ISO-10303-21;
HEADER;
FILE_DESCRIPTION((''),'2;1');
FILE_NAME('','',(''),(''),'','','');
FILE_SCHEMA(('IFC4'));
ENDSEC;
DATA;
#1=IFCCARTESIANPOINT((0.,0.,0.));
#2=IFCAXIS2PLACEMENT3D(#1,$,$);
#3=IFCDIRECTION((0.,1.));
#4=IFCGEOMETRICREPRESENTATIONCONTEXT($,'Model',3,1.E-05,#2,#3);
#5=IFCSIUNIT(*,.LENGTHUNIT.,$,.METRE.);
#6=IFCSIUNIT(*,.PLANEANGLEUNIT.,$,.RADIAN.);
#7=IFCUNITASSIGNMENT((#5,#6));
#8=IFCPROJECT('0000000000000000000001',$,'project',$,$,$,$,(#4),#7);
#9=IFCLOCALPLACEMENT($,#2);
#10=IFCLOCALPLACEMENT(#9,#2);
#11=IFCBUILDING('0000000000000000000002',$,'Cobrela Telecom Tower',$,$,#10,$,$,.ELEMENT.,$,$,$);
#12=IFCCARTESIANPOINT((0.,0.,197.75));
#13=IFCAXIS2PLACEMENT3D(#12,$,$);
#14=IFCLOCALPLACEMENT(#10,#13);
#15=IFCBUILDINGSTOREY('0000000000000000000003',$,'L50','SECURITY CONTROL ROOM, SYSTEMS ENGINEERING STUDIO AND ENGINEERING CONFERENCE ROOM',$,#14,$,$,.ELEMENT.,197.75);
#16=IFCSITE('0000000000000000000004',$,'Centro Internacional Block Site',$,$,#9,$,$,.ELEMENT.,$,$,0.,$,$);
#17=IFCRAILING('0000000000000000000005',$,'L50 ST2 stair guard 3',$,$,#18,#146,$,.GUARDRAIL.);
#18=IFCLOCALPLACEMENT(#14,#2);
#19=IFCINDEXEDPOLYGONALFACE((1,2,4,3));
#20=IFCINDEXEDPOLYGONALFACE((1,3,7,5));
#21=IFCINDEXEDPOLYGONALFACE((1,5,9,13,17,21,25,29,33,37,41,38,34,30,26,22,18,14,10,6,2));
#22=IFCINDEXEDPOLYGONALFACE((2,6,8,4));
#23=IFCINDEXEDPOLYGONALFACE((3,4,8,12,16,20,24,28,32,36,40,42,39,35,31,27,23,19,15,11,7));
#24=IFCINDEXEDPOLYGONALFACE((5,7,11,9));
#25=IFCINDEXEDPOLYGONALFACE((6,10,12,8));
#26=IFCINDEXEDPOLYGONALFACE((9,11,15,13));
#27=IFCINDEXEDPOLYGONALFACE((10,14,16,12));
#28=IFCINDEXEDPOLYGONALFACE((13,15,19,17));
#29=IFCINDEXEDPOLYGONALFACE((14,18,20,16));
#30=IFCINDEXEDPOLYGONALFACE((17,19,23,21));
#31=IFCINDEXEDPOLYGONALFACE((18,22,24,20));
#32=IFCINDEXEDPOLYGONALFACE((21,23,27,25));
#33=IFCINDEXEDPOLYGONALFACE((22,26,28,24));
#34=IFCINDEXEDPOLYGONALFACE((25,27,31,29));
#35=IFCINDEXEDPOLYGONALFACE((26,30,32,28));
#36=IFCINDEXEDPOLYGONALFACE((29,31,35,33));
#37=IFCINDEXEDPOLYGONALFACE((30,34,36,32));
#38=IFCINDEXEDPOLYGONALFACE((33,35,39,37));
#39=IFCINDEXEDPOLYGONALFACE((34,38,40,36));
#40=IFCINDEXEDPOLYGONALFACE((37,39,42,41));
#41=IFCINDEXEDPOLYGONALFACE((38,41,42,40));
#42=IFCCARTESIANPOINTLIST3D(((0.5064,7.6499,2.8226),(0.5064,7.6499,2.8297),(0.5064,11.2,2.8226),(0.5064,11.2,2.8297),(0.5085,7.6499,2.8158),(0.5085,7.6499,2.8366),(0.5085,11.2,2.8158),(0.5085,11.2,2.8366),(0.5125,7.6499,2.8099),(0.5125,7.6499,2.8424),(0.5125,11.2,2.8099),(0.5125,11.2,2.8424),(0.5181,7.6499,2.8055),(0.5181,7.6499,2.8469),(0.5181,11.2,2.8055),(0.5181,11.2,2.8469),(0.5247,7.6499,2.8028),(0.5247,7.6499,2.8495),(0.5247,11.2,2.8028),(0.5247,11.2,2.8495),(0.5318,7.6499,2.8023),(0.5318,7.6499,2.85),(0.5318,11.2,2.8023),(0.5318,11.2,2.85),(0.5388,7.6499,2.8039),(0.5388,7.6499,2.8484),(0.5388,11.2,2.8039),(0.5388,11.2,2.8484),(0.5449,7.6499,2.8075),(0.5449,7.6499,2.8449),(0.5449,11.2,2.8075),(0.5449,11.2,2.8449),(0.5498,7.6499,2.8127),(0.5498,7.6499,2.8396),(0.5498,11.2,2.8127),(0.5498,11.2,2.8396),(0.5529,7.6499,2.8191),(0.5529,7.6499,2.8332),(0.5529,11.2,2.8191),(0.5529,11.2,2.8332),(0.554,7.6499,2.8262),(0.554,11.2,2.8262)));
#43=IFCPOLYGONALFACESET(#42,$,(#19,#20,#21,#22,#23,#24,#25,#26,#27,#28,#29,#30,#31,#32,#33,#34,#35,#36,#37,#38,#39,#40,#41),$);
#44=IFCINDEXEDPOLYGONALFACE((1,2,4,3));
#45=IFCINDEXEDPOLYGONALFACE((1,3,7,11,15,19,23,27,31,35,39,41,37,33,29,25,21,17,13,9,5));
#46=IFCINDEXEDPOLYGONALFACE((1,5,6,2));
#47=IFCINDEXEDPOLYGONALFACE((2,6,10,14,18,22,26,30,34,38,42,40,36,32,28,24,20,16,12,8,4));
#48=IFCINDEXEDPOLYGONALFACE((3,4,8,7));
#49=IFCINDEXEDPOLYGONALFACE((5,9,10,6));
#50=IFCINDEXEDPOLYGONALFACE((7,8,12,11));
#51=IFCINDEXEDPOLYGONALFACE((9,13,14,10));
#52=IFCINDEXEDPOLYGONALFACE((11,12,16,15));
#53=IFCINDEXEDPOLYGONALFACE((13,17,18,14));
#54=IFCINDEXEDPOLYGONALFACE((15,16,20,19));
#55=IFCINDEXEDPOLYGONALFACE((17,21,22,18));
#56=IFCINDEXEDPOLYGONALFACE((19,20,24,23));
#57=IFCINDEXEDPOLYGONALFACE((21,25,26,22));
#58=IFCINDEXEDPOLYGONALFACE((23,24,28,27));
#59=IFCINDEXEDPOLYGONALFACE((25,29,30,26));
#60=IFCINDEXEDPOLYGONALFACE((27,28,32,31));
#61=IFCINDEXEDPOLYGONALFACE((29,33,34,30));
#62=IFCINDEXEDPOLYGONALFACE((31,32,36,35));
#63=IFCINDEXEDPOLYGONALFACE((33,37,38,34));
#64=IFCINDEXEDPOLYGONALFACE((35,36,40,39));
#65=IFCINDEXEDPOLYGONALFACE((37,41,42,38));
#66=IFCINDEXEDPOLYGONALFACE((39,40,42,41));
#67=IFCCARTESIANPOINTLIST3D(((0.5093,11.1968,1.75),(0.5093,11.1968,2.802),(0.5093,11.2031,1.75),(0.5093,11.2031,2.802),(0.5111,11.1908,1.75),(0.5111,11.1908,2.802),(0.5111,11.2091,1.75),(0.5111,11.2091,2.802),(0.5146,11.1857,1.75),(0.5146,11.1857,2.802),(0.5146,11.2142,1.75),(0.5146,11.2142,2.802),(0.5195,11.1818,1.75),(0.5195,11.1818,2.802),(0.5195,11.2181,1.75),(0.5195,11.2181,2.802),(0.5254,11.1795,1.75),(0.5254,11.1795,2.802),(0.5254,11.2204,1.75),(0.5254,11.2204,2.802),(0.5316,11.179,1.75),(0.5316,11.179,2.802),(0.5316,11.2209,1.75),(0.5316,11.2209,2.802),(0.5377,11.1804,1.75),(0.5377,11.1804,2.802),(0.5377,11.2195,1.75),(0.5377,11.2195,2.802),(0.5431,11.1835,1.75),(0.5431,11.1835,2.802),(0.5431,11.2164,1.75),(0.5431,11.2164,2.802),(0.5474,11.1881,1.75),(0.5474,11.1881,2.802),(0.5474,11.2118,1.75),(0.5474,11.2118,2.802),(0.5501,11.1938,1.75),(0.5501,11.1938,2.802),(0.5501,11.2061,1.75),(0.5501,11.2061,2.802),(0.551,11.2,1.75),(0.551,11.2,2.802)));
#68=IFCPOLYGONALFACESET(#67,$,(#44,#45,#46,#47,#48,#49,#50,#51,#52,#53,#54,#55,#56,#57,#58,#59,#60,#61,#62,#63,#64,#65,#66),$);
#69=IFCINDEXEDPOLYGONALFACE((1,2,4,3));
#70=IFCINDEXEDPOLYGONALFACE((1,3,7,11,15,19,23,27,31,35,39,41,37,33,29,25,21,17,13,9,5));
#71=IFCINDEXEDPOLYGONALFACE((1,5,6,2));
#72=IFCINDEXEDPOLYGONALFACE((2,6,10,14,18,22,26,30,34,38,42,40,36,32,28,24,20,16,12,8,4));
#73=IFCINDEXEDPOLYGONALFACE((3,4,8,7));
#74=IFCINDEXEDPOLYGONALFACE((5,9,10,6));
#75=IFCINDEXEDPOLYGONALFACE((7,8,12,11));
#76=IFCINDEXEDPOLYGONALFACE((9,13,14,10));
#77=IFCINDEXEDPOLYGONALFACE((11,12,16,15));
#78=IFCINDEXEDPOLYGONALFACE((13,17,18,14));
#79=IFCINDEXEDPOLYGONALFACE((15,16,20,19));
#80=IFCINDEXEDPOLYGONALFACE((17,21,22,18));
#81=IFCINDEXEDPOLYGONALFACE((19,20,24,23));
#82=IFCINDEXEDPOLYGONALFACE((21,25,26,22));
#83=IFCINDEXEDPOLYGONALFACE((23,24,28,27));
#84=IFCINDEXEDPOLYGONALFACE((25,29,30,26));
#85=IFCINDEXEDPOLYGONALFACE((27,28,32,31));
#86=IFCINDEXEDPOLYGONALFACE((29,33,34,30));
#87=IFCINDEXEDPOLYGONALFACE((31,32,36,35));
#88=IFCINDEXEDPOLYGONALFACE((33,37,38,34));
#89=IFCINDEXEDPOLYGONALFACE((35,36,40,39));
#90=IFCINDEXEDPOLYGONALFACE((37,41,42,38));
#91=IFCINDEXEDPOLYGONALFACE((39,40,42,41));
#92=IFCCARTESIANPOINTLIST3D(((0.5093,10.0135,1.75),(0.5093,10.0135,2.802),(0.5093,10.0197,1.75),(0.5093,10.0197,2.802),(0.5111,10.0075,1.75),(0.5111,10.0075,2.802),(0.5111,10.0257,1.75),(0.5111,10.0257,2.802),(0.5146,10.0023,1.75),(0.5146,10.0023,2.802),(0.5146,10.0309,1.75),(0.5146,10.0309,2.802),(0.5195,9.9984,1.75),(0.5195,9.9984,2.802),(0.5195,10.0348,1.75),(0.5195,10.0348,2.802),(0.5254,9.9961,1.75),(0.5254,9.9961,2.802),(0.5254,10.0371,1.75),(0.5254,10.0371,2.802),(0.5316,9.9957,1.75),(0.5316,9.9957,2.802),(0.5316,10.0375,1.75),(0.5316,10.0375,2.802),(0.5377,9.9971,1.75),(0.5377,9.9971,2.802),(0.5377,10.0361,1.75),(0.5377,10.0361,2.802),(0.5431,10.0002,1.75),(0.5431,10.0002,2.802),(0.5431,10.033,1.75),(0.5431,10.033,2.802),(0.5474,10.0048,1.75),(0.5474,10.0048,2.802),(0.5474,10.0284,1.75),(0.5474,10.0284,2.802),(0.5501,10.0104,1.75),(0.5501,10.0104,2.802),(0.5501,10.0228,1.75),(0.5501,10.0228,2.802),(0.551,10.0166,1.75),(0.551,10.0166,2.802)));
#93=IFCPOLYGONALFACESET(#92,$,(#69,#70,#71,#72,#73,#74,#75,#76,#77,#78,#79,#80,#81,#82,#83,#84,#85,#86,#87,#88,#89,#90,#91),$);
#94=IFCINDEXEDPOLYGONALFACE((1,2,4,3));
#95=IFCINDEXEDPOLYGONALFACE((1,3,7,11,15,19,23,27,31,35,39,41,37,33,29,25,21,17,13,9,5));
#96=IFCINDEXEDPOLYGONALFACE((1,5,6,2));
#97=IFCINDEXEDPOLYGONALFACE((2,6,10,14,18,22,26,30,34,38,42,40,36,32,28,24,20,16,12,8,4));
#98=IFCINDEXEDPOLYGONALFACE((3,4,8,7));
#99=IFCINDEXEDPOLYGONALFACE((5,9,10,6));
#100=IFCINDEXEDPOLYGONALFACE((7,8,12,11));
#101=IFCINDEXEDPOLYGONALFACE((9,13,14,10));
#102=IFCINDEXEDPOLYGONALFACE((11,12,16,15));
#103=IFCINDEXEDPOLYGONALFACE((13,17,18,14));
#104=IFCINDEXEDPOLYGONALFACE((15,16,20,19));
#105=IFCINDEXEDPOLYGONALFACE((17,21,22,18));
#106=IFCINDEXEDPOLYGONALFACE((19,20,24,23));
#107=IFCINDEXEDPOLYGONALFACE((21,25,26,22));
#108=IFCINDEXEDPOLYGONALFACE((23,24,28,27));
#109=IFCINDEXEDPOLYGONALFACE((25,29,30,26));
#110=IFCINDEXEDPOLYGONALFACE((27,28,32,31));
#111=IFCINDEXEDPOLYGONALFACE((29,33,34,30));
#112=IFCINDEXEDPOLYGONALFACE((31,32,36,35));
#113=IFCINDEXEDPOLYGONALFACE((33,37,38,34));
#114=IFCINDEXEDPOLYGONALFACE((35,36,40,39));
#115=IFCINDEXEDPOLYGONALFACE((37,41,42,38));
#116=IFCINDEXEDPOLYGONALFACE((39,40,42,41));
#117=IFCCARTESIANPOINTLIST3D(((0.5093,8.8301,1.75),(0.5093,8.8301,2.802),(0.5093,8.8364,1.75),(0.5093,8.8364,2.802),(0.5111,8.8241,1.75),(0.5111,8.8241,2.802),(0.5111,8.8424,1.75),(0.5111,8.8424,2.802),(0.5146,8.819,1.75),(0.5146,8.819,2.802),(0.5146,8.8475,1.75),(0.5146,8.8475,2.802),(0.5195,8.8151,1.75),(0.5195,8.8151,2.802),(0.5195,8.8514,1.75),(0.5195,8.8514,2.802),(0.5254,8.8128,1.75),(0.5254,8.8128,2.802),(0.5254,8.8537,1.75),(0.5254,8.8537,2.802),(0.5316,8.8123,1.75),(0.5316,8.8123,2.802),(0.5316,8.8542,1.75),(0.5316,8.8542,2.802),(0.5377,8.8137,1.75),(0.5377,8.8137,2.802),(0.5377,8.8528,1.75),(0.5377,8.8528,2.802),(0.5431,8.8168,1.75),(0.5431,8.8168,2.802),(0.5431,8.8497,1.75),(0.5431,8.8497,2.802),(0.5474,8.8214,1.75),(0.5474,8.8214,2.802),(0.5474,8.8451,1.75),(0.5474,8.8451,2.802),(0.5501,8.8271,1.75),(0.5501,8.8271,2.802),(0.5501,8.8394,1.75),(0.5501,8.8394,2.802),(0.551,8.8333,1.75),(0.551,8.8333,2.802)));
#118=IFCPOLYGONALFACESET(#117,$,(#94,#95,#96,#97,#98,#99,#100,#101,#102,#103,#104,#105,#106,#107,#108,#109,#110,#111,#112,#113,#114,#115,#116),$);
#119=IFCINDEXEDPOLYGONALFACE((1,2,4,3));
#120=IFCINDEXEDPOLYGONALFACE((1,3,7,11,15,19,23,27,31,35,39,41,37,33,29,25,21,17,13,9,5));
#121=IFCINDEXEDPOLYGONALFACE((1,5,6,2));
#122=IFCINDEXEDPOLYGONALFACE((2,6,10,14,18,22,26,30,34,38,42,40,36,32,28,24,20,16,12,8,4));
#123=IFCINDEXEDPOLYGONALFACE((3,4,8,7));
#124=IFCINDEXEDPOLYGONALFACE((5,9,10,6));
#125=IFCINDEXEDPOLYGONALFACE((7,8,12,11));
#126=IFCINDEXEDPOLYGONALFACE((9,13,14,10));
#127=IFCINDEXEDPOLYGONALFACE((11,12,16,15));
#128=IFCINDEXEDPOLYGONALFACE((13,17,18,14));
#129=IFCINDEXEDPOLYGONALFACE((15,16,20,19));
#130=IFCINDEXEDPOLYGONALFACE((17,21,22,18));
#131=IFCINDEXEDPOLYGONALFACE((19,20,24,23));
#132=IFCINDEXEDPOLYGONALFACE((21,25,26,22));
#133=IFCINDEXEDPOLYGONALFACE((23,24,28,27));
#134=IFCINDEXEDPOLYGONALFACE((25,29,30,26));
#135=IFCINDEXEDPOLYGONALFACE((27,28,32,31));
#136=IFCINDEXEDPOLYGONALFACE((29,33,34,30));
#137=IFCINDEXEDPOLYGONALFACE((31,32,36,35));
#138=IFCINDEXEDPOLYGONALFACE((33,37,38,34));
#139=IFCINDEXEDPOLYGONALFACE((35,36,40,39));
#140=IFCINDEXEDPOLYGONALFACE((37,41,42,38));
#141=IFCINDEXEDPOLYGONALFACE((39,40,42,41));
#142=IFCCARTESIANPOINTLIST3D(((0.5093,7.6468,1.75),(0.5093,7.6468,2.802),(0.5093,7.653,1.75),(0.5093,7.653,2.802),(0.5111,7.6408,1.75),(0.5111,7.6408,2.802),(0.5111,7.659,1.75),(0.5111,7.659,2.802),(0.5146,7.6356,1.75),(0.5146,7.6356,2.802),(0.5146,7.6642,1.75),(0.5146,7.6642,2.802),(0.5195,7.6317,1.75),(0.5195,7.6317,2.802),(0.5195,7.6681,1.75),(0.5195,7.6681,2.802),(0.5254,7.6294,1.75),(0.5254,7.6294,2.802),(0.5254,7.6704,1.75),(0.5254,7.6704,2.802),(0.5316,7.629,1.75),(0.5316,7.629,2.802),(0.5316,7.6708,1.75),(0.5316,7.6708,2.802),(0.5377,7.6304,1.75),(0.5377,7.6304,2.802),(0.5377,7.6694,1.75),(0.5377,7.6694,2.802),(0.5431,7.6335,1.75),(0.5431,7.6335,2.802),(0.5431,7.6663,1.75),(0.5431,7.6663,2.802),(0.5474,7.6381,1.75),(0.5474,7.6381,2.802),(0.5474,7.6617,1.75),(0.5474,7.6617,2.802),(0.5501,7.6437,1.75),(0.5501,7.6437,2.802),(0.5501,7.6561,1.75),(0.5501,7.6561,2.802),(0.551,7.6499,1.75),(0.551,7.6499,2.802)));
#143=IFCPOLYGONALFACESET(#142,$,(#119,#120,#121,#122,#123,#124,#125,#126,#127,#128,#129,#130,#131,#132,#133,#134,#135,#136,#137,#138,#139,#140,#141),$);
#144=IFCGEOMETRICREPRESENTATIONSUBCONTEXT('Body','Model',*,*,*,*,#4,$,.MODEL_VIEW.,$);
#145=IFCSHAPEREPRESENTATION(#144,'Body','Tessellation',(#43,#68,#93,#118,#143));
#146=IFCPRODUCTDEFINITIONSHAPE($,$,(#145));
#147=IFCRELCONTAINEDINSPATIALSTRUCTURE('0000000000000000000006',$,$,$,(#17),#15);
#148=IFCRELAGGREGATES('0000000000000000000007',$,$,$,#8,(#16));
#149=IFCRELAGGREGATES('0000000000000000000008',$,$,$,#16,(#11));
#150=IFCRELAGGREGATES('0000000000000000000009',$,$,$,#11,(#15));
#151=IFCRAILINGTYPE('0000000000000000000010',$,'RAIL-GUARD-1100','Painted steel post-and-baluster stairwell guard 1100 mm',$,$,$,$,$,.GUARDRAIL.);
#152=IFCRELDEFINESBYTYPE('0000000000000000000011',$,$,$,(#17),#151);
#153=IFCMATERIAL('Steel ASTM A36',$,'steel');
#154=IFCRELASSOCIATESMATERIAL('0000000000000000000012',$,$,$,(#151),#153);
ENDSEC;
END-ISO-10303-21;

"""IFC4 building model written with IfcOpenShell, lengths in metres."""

from ifc_helpers import new_model, si_unit, direction, frame, origin, origin_2d, place, context, subcontext, project, spatial, circle, extrude, material, type_object, element, save


model = new_model("IFC4")

# Units and contexts
model_context = context("Model", 3, precision=1e-05, world=origin(), true_north=direction((0.0, 1.0)))
body_context = subcontext(model_context, "Body", "Model", "MODEL_VIEW")
ifc_project = project(units=[si_unit("LENGTHUNIT", "METRE"), si_unit("PLANEANGLEUNIT", "RADIAN")], contexts=[model_context])

# Site, building, storey
site_placement = place(None, origin())
site = spatial("IfcSite", under=ifc_project, at=site_placement, Name="Centro Internacional Block Site", CompositionType="ELEMENT", RefElevation=0.0)
building_placement = place(site_placement, origin())
building = spatial("IfcBuilding", under=site, at=building_placement, Name="Cobrela Telecom Tower", CompositionType="ELEMENT")
storey_placement = place(building_placement, frame((0.0, 0.0, 197.75)))
storey = spatial("IfcBuildingStorey", under=building, at=storey_placement, Name="L50", Description="SECURITY CONTROL ROOM, SYSTEMS ENGINEERING STUDIO AND ENGINEERING CONFERENCE ROOM", CompositionType="ELEMENT", Elevation=197.75)

# Shared definitions
ifc_material_1 = material(Name="Steel ASTM A36", Category="steel")

# Railing
railing_type = type_object("IfcRailingType", Name="RAIL-GUARD-1100", Description="Painted steel post-and-baluster stairwell guard 1100 mm", PredefinedType="GUARDRAIL", material=ifc_material_1)
railing_1_placement = place(storey_placement, frame((0.53, 11.2, 1.75)))
element("IfcRailing", 1, at=railing_1_placement, inside=storey, type_object=railing_type, Name="L50 ST2 stair guard 3", PredefinedType="GUARDRAIL", context=body_context, shape_type="SweptSolid", body=[
    extrude(circle(Radius=0.0239, at=origin_2d()), frame((0.0, 0.0, 1.0762), z_axis=(0.0, -1.0, 0.0), x_axis=(1.0, 0.0, 0.0)), (0.0, 0.0, 1.0), 3.55),
    extrude(circle(Radius=0.021, at=origin_2d()), origin(), (0.0, 0.0, 1.0), 1.052),
    extrude(circle(Radius=0.021, at=origin_2d()), frame((0.0, -1.1833, 0.0)), (0.0, 0.0, 1.0), 1.052),
    extrude(circle(Radius=0.021, at=origin_2d()), frame((0.0, -2.3667, 0.0)), (0.0, 0.0, 1.0), 1.052),
    extrude(circle(Radius=0.021, at=origin_2d()), frame((0.0, -3.55, 0.0)), (0.0, 0.0, 1.0), 1.052),
])

save(model, "model.ifc")
